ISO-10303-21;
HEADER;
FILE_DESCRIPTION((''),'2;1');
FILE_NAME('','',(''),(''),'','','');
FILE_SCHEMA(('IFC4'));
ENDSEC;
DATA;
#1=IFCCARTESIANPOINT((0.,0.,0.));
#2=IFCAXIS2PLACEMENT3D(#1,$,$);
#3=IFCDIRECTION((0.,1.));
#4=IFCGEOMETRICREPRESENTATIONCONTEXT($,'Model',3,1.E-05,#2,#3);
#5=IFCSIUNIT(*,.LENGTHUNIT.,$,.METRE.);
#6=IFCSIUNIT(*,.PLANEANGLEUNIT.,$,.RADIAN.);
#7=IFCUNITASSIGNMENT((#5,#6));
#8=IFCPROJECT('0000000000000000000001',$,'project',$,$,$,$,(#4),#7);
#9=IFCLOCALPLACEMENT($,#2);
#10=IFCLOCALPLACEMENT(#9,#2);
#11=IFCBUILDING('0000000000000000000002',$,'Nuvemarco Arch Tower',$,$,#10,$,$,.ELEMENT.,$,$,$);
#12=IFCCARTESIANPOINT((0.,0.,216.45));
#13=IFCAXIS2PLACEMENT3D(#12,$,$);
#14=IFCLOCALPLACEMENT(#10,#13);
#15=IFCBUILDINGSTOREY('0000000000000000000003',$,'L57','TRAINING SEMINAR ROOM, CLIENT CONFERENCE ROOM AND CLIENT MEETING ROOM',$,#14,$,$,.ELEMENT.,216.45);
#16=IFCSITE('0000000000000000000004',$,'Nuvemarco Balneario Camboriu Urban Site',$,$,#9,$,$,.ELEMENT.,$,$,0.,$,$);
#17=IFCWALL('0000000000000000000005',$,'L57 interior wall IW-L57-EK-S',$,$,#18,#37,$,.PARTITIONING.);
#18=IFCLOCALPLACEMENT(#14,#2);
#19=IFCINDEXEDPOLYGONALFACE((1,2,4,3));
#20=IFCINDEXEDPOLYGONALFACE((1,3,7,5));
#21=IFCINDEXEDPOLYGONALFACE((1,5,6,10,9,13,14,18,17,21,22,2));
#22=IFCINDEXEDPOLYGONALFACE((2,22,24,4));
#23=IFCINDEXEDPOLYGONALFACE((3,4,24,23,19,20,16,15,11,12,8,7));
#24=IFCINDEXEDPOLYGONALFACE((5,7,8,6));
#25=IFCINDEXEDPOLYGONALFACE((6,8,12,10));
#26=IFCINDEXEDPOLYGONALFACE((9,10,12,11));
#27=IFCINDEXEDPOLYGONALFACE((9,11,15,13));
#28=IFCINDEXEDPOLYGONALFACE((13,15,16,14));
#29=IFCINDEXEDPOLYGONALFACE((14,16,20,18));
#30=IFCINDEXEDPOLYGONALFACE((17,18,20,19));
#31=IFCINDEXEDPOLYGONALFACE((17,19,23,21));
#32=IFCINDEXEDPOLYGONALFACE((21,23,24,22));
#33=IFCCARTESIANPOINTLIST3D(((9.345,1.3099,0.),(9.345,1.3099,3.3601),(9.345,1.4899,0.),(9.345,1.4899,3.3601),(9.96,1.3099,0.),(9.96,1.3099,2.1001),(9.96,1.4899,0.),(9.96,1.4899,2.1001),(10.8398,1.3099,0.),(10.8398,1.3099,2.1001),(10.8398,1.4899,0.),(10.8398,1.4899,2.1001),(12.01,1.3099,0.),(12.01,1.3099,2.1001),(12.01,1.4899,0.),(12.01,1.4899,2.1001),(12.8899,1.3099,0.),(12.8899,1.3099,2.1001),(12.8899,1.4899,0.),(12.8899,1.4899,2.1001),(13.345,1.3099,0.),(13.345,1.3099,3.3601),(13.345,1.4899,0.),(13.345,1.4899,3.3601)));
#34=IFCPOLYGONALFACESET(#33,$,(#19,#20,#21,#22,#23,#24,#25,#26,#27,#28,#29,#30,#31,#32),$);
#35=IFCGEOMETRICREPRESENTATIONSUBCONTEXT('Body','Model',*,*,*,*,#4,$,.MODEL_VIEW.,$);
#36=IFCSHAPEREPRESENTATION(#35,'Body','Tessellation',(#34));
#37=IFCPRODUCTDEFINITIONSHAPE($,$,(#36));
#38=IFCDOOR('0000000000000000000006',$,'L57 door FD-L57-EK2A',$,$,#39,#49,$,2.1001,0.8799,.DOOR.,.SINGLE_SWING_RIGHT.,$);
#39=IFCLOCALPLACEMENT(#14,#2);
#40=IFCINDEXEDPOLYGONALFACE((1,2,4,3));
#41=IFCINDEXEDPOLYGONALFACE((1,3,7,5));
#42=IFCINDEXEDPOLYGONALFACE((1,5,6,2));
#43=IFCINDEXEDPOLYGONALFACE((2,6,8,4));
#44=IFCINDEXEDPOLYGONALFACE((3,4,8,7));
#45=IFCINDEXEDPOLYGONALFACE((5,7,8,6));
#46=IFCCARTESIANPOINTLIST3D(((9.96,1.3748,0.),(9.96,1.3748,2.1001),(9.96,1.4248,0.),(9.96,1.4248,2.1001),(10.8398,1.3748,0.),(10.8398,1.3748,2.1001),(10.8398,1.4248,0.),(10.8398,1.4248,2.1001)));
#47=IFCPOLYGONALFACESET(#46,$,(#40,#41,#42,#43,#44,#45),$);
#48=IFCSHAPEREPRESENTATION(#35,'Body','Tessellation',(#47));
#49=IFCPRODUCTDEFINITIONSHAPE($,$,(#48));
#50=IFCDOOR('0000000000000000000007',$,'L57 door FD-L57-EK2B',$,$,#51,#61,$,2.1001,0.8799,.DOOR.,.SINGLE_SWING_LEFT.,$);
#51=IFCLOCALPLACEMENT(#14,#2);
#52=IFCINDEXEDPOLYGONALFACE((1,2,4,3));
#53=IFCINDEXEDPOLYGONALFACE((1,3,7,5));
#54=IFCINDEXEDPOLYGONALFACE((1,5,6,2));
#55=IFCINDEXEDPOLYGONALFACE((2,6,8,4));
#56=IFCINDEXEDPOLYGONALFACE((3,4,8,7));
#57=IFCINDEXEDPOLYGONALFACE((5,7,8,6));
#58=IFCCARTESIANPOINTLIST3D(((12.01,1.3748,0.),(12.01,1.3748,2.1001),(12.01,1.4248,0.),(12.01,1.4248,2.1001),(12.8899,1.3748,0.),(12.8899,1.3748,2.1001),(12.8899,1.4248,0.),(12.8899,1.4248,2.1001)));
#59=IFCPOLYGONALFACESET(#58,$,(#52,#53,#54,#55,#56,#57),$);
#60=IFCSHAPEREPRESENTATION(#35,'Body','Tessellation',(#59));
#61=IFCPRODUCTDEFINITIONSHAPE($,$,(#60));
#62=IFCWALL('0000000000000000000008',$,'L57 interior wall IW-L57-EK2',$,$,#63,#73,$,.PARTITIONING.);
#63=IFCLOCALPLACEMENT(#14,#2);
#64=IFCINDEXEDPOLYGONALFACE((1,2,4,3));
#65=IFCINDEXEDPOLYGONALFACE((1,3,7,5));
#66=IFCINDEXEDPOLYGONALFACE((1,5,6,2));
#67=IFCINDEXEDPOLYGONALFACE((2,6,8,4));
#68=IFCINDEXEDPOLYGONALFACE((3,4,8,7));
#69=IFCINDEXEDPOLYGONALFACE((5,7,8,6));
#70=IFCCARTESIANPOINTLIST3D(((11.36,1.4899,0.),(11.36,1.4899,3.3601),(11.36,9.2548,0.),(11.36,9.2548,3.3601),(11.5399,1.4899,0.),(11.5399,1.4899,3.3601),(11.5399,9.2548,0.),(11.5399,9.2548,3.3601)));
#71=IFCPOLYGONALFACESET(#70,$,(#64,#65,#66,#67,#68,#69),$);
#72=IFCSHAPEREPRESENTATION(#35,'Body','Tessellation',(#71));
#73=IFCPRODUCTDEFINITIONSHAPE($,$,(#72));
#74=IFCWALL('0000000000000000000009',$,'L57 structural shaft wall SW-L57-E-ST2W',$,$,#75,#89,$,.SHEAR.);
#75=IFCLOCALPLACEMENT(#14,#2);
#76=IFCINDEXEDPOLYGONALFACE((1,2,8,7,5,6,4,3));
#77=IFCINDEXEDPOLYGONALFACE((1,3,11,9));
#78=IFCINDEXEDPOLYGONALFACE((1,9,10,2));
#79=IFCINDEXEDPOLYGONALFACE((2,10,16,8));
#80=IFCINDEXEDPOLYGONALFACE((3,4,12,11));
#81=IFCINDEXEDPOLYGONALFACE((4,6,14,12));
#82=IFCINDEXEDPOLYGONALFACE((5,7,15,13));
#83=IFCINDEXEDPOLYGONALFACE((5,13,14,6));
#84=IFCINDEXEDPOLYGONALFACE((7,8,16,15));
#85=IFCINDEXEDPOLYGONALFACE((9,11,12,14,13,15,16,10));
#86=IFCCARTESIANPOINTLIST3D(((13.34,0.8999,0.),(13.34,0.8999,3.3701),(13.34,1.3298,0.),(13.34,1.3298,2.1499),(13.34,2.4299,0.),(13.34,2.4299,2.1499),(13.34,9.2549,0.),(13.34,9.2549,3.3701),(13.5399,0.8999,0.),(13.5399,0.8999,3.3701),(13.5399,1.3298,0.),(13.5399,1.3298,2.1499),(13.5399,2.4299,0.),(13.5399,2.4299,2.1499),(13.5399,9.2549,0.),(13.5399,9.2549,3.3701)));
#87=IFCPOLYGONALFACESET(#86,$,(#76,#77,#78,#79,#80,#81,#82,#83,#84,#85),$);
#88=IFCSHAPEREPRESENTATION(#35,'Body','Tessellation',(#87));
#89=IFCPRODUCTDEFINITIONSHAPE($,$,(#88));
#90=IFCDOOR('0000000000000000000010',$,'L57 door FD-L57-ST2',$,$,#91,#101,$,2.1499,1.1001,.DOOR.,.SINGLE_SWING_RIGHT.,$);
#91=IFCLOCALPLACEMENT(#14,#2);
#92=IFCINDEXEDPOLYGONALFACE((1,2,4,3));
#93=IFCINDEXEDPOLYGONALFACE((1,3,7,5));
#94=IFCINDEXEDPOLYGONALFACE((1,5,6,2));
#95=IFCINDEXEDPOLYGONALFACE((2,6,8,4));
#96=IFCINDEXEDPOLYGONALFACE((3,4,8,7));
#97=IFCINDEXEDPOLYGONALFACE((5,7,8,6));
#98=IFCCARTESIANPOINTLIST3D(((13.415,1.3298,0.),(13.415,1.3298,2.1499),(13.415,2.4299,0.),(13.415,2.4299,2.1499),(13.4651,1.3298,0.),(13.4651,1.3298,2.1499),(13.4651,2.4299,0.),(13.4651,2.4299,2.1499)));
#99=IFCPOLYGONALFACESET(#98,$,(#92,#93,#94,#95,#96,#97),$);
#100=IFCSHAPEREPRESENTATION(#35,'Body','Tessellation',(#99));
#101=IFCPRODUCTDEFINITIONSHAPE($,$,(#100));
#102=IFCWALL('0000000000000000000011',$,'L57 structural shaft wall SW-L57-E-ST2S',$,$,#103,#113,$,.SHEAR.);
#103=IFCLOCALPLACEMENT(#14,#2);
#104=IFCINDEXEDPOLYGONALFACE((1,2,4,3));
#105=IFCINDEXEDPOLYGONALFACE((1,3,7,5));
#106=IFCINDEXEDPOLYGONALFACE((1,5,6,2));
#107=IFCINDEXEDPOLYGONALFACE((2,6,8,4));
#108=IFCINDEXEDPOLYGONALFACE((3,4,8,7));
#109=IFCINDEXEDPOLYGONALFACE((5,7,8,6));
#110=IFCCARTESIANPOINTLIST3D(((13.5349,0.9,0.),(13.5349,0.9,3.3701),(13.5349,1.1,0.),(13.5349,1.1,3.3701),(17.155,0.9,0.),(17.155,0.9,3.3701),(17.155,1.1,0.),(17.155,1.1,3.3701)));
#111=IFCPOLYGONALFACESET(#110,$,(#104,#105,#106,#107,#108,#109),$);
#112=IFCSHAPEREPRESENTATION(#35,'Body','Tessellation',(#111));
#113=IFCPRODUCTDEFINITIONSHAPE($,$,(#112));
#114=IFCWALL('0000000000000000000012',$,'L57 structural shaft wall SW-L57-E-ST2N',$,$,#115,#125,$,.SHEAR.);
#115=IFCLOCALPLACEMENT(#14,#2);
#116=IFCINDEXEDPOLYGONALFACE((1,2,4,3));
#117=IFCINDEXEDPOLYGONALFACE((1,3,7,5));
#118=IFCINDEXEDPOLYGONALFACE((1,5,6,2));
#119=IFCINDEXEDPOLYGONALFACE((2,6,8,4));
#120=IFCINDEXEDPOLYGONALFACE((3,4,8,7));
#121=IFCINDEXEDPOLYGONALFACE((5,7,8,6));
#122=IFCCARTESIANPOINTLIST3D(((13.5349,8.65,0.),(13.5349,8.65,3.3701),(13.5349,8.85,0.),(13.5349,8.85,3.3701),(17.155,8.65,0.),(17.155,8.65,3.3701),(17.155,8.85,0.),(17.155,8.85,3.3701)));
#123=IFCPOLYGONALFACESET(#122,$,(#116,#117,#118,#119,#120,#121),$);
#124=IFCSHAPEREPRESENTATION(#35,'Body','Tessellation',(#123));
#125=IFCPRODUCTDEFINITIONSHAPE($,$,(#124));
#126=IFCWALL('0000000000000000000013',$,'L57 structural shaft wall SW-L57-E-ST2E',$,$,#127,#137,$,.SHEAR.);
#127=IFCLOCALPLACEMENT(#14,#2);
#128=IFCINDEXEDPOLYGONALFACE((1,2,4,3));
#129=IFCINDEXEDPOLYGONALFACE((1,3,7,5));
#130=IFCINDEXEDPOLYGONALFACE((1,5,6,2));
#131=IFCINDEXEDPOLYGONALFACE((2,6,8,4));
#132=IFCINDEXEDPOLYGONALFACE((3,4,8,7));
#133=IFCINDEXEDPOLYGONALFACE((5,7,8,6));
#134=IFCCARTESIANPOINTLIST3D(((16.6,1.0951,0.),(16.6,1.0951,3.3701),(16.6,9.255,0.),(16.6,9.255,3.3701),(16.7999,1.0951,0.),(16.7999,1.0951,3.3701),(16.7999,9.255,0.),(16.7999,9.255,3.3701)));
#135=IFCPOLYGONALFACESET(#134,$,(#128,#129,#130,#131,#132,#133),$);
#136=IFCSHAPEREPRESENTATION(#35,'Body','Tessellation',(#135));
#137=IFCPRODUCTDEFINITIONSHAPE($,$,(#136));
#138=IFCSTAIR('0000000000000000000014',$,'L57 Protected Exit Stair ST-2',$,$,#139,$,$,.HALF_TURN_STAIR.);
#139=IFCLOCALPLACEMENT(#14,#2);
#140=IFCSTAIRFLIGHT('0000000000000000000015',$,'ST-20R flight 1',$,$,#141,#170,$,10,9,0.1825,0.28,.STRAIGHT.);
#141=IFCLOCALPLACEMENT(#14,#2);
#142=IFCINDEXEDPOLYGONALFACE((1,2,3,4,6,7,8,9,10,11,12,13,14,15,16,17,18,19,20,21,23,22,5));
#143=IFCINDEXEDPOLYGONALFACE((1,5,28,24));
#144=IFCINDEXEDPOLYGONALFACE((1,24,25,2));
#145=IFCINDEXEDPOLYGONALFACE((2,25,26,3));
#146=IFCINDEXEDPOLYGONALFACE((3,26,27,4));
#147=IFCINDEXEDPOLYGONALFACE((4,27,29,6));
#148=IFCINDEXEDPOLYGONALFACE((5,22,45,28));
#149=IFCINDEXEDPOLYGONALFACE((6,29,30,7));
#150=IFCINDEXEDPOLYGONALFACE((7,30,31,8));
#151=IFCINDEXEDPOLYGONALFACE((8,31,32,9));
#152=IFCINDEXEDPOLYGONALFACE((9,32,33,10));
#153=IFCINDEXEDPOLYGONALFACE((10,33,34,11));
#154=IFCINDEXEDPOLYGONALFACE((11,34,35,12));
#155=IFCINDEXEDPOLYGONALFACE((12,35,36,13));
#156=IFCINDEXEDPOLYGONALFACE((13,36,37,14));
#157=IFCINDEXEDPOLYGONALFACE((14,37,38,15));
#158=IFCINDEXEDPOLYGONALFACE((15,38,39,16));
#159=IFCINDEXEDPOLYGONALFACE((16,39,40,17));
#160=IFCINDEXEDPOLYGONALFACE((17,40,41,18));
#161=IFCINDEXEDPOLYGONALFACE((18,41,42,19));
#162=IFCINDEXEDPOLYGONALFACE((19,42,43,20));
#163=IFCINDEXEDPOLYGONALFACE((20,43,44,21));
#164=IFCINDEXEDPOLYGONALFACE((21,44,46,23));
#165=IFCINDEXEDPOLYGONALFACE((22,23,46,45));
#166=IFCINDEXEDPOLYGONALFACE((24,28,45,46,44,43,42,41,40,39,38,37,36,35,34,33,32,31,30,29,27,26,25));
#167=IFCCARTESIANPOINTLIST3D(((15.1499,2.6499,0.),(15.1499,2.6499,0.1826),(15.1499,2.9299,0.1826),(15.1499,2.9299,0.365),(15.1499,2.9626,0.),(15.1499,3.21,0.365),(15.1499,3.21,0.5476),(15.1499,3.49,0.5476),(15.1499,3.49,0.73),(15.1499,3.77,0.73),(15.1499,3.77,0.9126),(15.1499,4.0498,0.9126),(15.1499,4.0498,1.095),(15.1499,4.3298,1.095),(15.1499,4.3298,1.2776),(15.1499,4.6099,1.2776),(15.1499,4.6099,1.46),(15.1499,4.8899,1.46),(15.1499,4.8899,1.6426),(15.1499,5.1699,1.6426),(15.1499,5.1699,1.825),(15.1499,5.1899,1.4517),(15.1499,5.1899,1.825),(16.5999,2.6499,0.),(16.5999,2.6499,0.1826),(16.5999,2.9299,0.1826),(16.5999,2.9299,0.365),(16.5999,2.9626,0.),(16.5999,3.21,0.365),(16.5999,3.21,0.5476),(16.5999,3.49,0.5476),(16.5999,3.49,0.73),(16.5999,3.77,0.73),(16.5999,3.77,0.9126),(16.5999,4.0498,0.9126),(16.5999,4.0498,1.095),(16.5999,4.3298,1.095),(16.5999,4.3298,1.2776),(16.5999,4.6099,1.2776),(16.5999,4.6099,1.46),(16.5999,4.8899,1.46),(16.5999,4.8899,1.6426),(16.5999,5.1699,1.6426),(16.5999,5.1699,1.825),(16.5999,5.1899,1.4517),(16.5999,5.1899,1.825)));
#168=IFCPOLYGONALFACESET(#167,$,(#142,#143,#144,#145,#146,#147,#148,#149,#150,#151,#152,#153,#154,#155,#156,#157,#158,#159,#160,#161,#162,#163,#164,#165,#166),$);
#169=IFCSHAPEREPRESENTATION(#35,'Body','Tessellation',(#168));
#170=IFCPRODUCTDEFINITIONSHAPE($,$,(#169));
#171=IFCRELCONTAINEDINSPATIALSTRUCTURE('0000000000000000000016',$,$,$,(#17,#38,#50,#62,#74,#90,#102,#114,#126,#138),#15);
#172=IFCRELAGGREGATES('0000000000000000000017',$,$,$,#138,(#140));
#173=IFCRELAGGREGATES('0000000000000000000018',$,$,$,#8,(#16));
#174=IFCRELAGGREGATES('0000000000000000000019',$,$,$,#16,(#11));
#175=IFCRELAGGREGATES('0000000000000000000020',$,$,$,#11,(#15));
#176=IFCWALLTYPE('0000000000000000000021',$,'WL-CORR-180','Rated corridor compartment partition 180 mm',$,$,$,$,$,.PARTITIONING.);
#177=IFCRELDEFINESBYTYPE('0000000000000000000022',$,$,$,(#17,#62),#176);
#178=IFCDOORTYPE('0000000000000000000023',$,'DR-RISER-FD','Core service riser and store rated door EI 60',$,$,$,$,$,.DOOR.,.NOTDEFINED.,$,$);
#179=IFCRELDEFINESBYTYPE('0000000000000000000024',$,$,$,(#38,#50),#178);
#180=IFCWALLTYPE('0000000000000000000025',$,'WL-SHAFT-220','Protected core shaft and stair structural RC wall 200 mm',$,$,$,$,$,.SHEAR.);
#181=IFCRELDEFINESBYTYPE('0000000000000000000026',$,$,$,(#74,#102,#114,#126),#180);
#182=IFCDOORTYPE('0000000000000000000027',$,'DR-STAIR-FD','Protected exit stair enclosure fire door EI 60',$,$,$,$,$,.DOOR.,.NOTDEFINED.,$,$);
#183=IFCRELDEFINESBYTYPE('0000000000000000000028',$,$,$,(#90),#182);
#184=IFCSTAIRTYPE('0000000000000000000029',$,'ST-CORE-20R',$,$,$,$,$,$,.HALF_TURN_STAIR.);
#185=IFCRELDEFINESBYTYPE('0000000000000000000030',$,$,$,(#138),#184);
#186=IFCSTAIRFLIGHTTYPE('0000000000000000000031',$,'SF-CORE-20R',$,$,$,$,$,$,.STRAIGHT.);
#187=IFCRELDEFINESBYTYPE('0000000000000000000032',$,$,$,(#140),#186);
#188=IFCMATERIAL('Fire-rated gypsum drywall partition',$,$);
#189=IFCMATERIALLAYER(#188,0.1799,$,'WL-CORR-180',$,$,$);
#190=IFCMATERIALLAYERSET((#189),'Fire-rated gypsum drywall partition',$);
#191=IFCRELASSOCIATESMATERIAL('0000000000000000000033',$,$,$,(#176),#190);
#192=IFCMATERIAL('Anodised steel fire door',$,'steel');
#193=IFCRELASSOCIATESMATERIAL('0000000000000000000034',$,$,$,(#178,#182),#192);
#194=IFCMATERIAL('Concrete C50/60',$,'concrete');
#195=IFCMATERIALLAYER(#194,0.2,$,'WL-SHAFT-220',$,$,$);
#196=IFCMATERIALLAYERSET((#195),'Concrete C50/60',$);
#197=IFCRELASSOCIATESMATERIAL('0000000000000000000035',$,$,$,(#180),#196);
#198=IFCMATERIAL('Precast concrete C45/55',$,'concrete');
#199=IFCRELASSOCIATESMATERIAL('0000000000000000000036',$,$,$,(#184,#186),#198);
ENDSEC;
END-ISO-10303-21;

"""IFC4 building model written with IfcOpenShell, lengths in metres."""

from ifc_helpers import new_model, si_unit, direction, frame, frame_2d, origin, place, context, subcontext, project, spatial, polyline, rectangle, outline, extrude, source, transform, mapped, material, layer, layer_set, type_object, type_shapes, element, fill, aggregate, save


model = new_model("IFC4")

# Units and contexts
model_context = context("Model", 3, precision=1e-05, world=origin(), true_north=direction((0.0, 1.0)))
body_context = subcontext(model_context, "Body", "Model", "MODEL_VIEW")
ifc_project = project(units=[si_unit("LENGTHUNIT", "METRE"), si_unit("PLANEANGLEUNIT", "RADIAN")], contexts=[model_context])

# Site, building, storey
site_placement = place(None, origin())
site = spatial("IfcSite", under=ifc_project, at=site_placement, Name="Nuvemarco Balneario Camboriu Urban Site", CompositionType="ELEMENT", RefElevation=0.0)
building_placement = place(site_placement, origin())
building = spatial("IfcBuilding", under=site, at=building_placement, Name="Nuvemarco Arch Tower", CompositionType="ELEMENT")
storey_placement = place(building_placement, frame((0.0, 0.0, 216.45)))
storey = spatial("IfcBuildingStorey", under=building, at=storey_placement, Name="L57", Description="TRAINING SEMINAR ROOM, CLIENT CONFERENCE ROOM AND CLIENT MEETING ROOM", CompositionType="ELEMENT", Elevation=216.45)

# Shared definitions
ifc_material_1 = material(Name="Concrete C50/60", Category="concrete")

# Shared definitions
ifc_material_2 = material(Name="Precast concrete C45/55", Category="concrete")

# Wall, openings, doors
ifc_material_3 = material(Name="Fire-rated gypsum drywall partition")
ifc_layer_1 = layer(ifc_material_3, 0.1799, Name="WL-CORR-180")
ifc_layer_set_1 = layer_set([ifc_layer_1], Name="Fire-rated gypsum drywall partition")
wall_type_1 = type_object("IfcWallType", Name="WL-CORR-180", Description="Rated corridor compartment partition 180 mm", PredefinedType="PARTITIONING", material=ifc_layer_set_1)
wall_1_placement = place(storey_placement, frame((9.345, 1.3999, 0.0), z_axis=(0.0, 0.0, 1.0), x_axis=(1.0, 0.0, 0.0)))
wall_1 = element("IfcWall", 1, at=wall_1_placement, inside=storey, type_object=wall_type_1, Name="L57 interior wall IW-L57-EK-S", PredefinedType="PARTITIONING", context=body_context, shape_type="SweptSolid", body=[
    extrude(rectangle(XDim=4.0, YDim=0.1799, at=frame_2d((2.0, 0.0))), origin(), (0.0, 0.0, 1.0), 3.3601),
])
opening_1_placement = place(wall_1_placement, frame((0.615, 0.0, 0.0)))
opening_1 = element("IfcOpeningElement", 2, at=opening_1_placement, cuts=wall_1, PredefinedType="OPENING", context=body_context, shape_type="SweptSolid", body=[
    extrude(rectangle(XDim=0.8799, YDim=2.1001, at=frame_2d((0.4399, 1.05))), frame((0.0, 0.0999, 0.0), z_axis=(0.0, -1.0, 0.0), x_axis=(1.0, 0.0, 0.0)), (0.0, 0.0, 1.0), 0.2),
])
opening_2_placement = place(wall_1_placement, frame((2.665, 0.0, 0.0)))
opening_2 = element("IfcOpeningElement", 3, at=opening_2_placement, cuts=wall_1, PredefinedType="OPENING", context=body_context, shape_type="SweptSolid", body=[
    extrude(rectangle(XDim=0.8799, YDim=2.1001, at=frame_2d((0.4399, 1.05))), frame((0.0, 0.0999, 0.0), z_axis=(0.0, -1.0, 0.0), x_axis=(1.0, 0.0, 0.0)), (0.0, 0.0, 1.0), 0.2),
])
ifc_material_4 = material(Name="Anodised steel fire door", Category="steel")
door_type_1 = type_object("IfcDoorType", Name="DR-RISER-FD", Description="Core service riser and store rated door EI 60", OperationType="NOTDEFINED", PredefinedType="DOOR", material=ifc_material_4)
shared_shape_1 = source(origin(), body_context, "Body", "SweptSolid", [
    extrude(rectangle(XDim=0.8799, YDim=2.1001, at=frame_2d((0.4399, 1.05))), frame((0.0, 0.0249, 0.0), z_axis=(0.0, -1.0, 0.0), x_axis=(1.0, 0.0, 0.0)), (0.0, 0.0, 1.0), 0.05),
])
type_shapes(door_type_1, [shared_shape_1])
door_1_placement = place(opening_1_placement, origin())
door_1 = element("IfcDoor", 4, at=door_1_placement, inside=storey, type_object=door_type_1, Name="L57 door FD-L57-EK2A", OperationType="SINGLE_SWING_RIGHT", OverallHeight=2.1001, OverallWidth=0.8799, PredefinedType="DOOR", context=body_context, shape_type="MappedRepresentation", body=[
    mapped(shared_shape_1, transform((0.0, 0.0, 0.0), scale=1.0)),
])
fill(opening_1, door_1)
door_2_placement = place(opening_2_placement, origin())
door_2 = element("IfcDoor", 5, at=door_2_placement, inside=storey, type_object=door_type_1, Name="L57 door FD-L57-EK2B", OperationType="SINGLE_SWING_LEFT", OverallHeight=2.1001, OverallWidth=0.8799, PredefinedType="DOOR", context=body_context, shape_type="MappedRepresentation", body=[
    mapped(shared_shape_1, transform((0.0, 0.0, 0.0), scale=1.0)),
])
fill(opening_2, door_2)

# Wall
wall_2_placement = place(storey_placement, frame((11.45, 1.49, 0.0), z_axis=(0.0, 0.0, 1.0), x_axis=(0.0, 1.0, 0.0)))
element("IfcWall", 6, at=wall_2_placement, inside=storey, type_object=wall_type_1, Name="L57 interior wall IW-L57-EK2", PredefinedType="PARTITIONING", context=body_context, shape_type="SweptSolid", body=[
    extrude(rectangle(XDim=7.7649, YDim=0.1799, at=frame_2d((3.8823, 0.0))), origin(), (0.0, 0.0, 1.0), 3.3601),
])

# Wall, opening, door
ifc_layer_2 = layer(ifc_material_1, 0.2, Name="WL-SHAFT-220")
ifc_layer_set_2 = layer_set([ifc_layer_2], Name="Concrete C50/60")
wall_type_2 = type_object("IfcWallType", Name="WL-SHAFT-220", Description="Protected core shaft and stair structural RC wall 200 mm", PredefinedType="SHEAR", material=ifc_layer_set_2)
wall_3_placement = place(storey_placement, frame((13.4399, 0.8999, 0.0), z_axis=(0.0, 0.0, 1.0), x_axis=(0.0, 1.0, 0.0)))
wall_3 = element("IfcWall", 7, at=wall_3_placement, inside=storey, type_object=wall_type_2, Name="L57 structural shaft wall SW-L57-E-ST2W", PredefinedType="SHEAR", context=body_context, shape_type="SweptSolid", body=[
    extrude(rectangle(XDim=8.355, YDim=0.2, at=frame_2d((4.1775, 0.0))), origin(), (0.0, 0.0, 1.0), 3.3701),
])
opening_3_placement = place(wall_3_placement, frame((0.4299, 0.0, 0.0)))
opening_3 = element("IfcOpeningElement", 8, at=opening_3_placement, cuts=wall_3, PredefinedType="OPENING", context=body_context, shape_type="SweptSolid", body=[
    extrude(rectangle(XDim=1.1001, YDim=2.1499, at=frame_2d((0.55, 1.075))), frame((0.0, 0.1099, 0.0), z_axis=(0.0, -1.0, 0.0), x_axis=(1.0, 0.0, 0.0)), (0.0, 0.0, 1.0), 0.22),
])
door_type_2 = type_object("IfcDoorType", Name="DR-STAIR-FD", Description="Protected exit stair enclosure fire door EI 60", OperationType="NOTDEFINED", PredefinedType="DOOR", material=ifc_material_4)
shared_shape_2 = source(origin(), body_context, "Body", "SweptSolid", [
    extrude(rectangle(XDim=1.1001, YDim=2.1499, at=frame_2d((0.55, 1.075))), frame((0.0, 0.0249, 0.0), z_axis=(0.0, -1.0, 0.0), x_axis=(1.0, 0.0, 0.0)), (0.0, 0.0, 1.0), 0.05),
])
type_shapes(door_type_2, [shared_shape_2])
door_3_placement = place(opening_3_placement, origin())
door_3 = element("IfcDoor", 9, at=door_3_placement, inside=storey, type_object=door_type_2, Name="L57 door FD-L57-ST2", OperationType="SINGLE_SWING_RIGHT", OverallHeight=2.1499, OverallWidth=1.1001, PredefinedType="DOOR", context=body_context, shape_type="MappedRepresentation", body=[
    mapped(shared_shape_2, transform((0.0, 0.0, 0.0), scale=1.0)),
])
fill(opening_3, door_3)

# Walls
for number, where, z_axis, x_axis, name in (
    (10, (13.5349, 1.0, 0.0), (0.0, 0.0, 1.0), (1.0, 0.0, 0.0), "L57 structural shaft wall SW-L57-E-ST2S"),
    (11, (13.5349, 8.75, 0.0), (0.0, 0.0, 1.0), (1.0, 0.0, 0.0), "L57 structural shaft wall SW-L57-E-ST2N"),
):
    element("IfcWall", number, at=place(storey_placement, frame(where, z_axis=z_axis, x_axis=x_axis)), inside=storey, type_object=wall_type_2, Name=name, PredefinedType="SHEAR", context=body_context, shape_type="SweptSolid", body=[
        extrude(rectangle(XDim=3.6201, YDim=0.2, at=frame_2d((1.8101, 0.0))), origin(), (0.0, 0.0, 1.0), 3.3701),
    ])
wall_4_placement = place(storey_placement, frame((16.7, 1.095, 0.0), z_axis=(0.0, 0.0, 1.0), x_axis=(0.0, 1.0, 0.0)))
element("IfcWall", 12, at=wall_4_placement, inside=storey, type_object=wall_type_2, Name="L57 structural shaft wall SW-L57-E-ST2E", PredefinedType="SHEAR", context=body_context, shape_type="SweptSolid", body=[
    extrude(rectangle(XDim=8.1599, YDim=0.2, at=frame_2d((4.0801, 0.0))), origin(), (0.0, 0.0, 1.0), 3.3701),
])

# Stair, stair flight
stair_type = type_object("IfcStairType", Name="ST-CORE-20R", PredefinedType="HALF_TURN_STAIR", material=ifc_material_2)
stair_placement = place(storey_placement, origin())
stair = element("IfcStair", 13, at=stair_placement, inside=storey, type_object=stair_type, Name="L57 Protected Exit Stair ST-2", PredefinedType="HALF_TURN_STAIR")
stair_flight_type = type_object("IfcStairFlightType", Name="SF-CORE-20R", PredefinedType="STRAIGHT", material=ifc_material_2)
stair_flight_1_placement = place(storey_placement, frame((15.875, 2.6499, 0.0), z_axis=(0.0, 0.0, 1.0), x_axis=(0.0, 1.0, 0.0)))
stair_flight_1 = element("IfcStairFlight", 14, at=stair_flight_1_placement, type_object=stair_flight_type, Name="ST-20R flight 1", NumberOfRisers=10, NumberOfTreads=9, PredefinedType="STRAIGHT", RiserHeight=0.1825, TreadLength=0.28, context=body_context, shape_type="SweptSolid", body=[
    extrude(outline(polyline([(0.0, 0.0), (0.0, 0.1826), (0.28, 0.1826), (0.28, 0.365), (0.5601, 0.365), (0.5601, 0.5476), (0.8401, 0.5476), (0.8401, 0.73), (1.1201, 0.73), (1.1201, 0.9126), (1.3999, 0.9126), (1.3999, 1.095), (1.6799, 1.095), (1.6799, 1.2776), (1.96, 1.2776), (1.96, 1.46), (2.24, 1.46), (2.24, 1.6426), (2.52, 1.6426), (2.52, 1.825), (2.54, 1.825), (2.54, 1.4517), (0.3127, 0.0), (0.0, 0.0)])), frame((0.0, 0.7251, 0.0), z_axis=(0.0, -1.0, 0.0), x_axis=(1.0, 0.0, 0.0)), (0.0, 0.0, 1.0), 1.45),
])
aggregate(stair, [stair_flight_1])

save(model, "model.ifc")
